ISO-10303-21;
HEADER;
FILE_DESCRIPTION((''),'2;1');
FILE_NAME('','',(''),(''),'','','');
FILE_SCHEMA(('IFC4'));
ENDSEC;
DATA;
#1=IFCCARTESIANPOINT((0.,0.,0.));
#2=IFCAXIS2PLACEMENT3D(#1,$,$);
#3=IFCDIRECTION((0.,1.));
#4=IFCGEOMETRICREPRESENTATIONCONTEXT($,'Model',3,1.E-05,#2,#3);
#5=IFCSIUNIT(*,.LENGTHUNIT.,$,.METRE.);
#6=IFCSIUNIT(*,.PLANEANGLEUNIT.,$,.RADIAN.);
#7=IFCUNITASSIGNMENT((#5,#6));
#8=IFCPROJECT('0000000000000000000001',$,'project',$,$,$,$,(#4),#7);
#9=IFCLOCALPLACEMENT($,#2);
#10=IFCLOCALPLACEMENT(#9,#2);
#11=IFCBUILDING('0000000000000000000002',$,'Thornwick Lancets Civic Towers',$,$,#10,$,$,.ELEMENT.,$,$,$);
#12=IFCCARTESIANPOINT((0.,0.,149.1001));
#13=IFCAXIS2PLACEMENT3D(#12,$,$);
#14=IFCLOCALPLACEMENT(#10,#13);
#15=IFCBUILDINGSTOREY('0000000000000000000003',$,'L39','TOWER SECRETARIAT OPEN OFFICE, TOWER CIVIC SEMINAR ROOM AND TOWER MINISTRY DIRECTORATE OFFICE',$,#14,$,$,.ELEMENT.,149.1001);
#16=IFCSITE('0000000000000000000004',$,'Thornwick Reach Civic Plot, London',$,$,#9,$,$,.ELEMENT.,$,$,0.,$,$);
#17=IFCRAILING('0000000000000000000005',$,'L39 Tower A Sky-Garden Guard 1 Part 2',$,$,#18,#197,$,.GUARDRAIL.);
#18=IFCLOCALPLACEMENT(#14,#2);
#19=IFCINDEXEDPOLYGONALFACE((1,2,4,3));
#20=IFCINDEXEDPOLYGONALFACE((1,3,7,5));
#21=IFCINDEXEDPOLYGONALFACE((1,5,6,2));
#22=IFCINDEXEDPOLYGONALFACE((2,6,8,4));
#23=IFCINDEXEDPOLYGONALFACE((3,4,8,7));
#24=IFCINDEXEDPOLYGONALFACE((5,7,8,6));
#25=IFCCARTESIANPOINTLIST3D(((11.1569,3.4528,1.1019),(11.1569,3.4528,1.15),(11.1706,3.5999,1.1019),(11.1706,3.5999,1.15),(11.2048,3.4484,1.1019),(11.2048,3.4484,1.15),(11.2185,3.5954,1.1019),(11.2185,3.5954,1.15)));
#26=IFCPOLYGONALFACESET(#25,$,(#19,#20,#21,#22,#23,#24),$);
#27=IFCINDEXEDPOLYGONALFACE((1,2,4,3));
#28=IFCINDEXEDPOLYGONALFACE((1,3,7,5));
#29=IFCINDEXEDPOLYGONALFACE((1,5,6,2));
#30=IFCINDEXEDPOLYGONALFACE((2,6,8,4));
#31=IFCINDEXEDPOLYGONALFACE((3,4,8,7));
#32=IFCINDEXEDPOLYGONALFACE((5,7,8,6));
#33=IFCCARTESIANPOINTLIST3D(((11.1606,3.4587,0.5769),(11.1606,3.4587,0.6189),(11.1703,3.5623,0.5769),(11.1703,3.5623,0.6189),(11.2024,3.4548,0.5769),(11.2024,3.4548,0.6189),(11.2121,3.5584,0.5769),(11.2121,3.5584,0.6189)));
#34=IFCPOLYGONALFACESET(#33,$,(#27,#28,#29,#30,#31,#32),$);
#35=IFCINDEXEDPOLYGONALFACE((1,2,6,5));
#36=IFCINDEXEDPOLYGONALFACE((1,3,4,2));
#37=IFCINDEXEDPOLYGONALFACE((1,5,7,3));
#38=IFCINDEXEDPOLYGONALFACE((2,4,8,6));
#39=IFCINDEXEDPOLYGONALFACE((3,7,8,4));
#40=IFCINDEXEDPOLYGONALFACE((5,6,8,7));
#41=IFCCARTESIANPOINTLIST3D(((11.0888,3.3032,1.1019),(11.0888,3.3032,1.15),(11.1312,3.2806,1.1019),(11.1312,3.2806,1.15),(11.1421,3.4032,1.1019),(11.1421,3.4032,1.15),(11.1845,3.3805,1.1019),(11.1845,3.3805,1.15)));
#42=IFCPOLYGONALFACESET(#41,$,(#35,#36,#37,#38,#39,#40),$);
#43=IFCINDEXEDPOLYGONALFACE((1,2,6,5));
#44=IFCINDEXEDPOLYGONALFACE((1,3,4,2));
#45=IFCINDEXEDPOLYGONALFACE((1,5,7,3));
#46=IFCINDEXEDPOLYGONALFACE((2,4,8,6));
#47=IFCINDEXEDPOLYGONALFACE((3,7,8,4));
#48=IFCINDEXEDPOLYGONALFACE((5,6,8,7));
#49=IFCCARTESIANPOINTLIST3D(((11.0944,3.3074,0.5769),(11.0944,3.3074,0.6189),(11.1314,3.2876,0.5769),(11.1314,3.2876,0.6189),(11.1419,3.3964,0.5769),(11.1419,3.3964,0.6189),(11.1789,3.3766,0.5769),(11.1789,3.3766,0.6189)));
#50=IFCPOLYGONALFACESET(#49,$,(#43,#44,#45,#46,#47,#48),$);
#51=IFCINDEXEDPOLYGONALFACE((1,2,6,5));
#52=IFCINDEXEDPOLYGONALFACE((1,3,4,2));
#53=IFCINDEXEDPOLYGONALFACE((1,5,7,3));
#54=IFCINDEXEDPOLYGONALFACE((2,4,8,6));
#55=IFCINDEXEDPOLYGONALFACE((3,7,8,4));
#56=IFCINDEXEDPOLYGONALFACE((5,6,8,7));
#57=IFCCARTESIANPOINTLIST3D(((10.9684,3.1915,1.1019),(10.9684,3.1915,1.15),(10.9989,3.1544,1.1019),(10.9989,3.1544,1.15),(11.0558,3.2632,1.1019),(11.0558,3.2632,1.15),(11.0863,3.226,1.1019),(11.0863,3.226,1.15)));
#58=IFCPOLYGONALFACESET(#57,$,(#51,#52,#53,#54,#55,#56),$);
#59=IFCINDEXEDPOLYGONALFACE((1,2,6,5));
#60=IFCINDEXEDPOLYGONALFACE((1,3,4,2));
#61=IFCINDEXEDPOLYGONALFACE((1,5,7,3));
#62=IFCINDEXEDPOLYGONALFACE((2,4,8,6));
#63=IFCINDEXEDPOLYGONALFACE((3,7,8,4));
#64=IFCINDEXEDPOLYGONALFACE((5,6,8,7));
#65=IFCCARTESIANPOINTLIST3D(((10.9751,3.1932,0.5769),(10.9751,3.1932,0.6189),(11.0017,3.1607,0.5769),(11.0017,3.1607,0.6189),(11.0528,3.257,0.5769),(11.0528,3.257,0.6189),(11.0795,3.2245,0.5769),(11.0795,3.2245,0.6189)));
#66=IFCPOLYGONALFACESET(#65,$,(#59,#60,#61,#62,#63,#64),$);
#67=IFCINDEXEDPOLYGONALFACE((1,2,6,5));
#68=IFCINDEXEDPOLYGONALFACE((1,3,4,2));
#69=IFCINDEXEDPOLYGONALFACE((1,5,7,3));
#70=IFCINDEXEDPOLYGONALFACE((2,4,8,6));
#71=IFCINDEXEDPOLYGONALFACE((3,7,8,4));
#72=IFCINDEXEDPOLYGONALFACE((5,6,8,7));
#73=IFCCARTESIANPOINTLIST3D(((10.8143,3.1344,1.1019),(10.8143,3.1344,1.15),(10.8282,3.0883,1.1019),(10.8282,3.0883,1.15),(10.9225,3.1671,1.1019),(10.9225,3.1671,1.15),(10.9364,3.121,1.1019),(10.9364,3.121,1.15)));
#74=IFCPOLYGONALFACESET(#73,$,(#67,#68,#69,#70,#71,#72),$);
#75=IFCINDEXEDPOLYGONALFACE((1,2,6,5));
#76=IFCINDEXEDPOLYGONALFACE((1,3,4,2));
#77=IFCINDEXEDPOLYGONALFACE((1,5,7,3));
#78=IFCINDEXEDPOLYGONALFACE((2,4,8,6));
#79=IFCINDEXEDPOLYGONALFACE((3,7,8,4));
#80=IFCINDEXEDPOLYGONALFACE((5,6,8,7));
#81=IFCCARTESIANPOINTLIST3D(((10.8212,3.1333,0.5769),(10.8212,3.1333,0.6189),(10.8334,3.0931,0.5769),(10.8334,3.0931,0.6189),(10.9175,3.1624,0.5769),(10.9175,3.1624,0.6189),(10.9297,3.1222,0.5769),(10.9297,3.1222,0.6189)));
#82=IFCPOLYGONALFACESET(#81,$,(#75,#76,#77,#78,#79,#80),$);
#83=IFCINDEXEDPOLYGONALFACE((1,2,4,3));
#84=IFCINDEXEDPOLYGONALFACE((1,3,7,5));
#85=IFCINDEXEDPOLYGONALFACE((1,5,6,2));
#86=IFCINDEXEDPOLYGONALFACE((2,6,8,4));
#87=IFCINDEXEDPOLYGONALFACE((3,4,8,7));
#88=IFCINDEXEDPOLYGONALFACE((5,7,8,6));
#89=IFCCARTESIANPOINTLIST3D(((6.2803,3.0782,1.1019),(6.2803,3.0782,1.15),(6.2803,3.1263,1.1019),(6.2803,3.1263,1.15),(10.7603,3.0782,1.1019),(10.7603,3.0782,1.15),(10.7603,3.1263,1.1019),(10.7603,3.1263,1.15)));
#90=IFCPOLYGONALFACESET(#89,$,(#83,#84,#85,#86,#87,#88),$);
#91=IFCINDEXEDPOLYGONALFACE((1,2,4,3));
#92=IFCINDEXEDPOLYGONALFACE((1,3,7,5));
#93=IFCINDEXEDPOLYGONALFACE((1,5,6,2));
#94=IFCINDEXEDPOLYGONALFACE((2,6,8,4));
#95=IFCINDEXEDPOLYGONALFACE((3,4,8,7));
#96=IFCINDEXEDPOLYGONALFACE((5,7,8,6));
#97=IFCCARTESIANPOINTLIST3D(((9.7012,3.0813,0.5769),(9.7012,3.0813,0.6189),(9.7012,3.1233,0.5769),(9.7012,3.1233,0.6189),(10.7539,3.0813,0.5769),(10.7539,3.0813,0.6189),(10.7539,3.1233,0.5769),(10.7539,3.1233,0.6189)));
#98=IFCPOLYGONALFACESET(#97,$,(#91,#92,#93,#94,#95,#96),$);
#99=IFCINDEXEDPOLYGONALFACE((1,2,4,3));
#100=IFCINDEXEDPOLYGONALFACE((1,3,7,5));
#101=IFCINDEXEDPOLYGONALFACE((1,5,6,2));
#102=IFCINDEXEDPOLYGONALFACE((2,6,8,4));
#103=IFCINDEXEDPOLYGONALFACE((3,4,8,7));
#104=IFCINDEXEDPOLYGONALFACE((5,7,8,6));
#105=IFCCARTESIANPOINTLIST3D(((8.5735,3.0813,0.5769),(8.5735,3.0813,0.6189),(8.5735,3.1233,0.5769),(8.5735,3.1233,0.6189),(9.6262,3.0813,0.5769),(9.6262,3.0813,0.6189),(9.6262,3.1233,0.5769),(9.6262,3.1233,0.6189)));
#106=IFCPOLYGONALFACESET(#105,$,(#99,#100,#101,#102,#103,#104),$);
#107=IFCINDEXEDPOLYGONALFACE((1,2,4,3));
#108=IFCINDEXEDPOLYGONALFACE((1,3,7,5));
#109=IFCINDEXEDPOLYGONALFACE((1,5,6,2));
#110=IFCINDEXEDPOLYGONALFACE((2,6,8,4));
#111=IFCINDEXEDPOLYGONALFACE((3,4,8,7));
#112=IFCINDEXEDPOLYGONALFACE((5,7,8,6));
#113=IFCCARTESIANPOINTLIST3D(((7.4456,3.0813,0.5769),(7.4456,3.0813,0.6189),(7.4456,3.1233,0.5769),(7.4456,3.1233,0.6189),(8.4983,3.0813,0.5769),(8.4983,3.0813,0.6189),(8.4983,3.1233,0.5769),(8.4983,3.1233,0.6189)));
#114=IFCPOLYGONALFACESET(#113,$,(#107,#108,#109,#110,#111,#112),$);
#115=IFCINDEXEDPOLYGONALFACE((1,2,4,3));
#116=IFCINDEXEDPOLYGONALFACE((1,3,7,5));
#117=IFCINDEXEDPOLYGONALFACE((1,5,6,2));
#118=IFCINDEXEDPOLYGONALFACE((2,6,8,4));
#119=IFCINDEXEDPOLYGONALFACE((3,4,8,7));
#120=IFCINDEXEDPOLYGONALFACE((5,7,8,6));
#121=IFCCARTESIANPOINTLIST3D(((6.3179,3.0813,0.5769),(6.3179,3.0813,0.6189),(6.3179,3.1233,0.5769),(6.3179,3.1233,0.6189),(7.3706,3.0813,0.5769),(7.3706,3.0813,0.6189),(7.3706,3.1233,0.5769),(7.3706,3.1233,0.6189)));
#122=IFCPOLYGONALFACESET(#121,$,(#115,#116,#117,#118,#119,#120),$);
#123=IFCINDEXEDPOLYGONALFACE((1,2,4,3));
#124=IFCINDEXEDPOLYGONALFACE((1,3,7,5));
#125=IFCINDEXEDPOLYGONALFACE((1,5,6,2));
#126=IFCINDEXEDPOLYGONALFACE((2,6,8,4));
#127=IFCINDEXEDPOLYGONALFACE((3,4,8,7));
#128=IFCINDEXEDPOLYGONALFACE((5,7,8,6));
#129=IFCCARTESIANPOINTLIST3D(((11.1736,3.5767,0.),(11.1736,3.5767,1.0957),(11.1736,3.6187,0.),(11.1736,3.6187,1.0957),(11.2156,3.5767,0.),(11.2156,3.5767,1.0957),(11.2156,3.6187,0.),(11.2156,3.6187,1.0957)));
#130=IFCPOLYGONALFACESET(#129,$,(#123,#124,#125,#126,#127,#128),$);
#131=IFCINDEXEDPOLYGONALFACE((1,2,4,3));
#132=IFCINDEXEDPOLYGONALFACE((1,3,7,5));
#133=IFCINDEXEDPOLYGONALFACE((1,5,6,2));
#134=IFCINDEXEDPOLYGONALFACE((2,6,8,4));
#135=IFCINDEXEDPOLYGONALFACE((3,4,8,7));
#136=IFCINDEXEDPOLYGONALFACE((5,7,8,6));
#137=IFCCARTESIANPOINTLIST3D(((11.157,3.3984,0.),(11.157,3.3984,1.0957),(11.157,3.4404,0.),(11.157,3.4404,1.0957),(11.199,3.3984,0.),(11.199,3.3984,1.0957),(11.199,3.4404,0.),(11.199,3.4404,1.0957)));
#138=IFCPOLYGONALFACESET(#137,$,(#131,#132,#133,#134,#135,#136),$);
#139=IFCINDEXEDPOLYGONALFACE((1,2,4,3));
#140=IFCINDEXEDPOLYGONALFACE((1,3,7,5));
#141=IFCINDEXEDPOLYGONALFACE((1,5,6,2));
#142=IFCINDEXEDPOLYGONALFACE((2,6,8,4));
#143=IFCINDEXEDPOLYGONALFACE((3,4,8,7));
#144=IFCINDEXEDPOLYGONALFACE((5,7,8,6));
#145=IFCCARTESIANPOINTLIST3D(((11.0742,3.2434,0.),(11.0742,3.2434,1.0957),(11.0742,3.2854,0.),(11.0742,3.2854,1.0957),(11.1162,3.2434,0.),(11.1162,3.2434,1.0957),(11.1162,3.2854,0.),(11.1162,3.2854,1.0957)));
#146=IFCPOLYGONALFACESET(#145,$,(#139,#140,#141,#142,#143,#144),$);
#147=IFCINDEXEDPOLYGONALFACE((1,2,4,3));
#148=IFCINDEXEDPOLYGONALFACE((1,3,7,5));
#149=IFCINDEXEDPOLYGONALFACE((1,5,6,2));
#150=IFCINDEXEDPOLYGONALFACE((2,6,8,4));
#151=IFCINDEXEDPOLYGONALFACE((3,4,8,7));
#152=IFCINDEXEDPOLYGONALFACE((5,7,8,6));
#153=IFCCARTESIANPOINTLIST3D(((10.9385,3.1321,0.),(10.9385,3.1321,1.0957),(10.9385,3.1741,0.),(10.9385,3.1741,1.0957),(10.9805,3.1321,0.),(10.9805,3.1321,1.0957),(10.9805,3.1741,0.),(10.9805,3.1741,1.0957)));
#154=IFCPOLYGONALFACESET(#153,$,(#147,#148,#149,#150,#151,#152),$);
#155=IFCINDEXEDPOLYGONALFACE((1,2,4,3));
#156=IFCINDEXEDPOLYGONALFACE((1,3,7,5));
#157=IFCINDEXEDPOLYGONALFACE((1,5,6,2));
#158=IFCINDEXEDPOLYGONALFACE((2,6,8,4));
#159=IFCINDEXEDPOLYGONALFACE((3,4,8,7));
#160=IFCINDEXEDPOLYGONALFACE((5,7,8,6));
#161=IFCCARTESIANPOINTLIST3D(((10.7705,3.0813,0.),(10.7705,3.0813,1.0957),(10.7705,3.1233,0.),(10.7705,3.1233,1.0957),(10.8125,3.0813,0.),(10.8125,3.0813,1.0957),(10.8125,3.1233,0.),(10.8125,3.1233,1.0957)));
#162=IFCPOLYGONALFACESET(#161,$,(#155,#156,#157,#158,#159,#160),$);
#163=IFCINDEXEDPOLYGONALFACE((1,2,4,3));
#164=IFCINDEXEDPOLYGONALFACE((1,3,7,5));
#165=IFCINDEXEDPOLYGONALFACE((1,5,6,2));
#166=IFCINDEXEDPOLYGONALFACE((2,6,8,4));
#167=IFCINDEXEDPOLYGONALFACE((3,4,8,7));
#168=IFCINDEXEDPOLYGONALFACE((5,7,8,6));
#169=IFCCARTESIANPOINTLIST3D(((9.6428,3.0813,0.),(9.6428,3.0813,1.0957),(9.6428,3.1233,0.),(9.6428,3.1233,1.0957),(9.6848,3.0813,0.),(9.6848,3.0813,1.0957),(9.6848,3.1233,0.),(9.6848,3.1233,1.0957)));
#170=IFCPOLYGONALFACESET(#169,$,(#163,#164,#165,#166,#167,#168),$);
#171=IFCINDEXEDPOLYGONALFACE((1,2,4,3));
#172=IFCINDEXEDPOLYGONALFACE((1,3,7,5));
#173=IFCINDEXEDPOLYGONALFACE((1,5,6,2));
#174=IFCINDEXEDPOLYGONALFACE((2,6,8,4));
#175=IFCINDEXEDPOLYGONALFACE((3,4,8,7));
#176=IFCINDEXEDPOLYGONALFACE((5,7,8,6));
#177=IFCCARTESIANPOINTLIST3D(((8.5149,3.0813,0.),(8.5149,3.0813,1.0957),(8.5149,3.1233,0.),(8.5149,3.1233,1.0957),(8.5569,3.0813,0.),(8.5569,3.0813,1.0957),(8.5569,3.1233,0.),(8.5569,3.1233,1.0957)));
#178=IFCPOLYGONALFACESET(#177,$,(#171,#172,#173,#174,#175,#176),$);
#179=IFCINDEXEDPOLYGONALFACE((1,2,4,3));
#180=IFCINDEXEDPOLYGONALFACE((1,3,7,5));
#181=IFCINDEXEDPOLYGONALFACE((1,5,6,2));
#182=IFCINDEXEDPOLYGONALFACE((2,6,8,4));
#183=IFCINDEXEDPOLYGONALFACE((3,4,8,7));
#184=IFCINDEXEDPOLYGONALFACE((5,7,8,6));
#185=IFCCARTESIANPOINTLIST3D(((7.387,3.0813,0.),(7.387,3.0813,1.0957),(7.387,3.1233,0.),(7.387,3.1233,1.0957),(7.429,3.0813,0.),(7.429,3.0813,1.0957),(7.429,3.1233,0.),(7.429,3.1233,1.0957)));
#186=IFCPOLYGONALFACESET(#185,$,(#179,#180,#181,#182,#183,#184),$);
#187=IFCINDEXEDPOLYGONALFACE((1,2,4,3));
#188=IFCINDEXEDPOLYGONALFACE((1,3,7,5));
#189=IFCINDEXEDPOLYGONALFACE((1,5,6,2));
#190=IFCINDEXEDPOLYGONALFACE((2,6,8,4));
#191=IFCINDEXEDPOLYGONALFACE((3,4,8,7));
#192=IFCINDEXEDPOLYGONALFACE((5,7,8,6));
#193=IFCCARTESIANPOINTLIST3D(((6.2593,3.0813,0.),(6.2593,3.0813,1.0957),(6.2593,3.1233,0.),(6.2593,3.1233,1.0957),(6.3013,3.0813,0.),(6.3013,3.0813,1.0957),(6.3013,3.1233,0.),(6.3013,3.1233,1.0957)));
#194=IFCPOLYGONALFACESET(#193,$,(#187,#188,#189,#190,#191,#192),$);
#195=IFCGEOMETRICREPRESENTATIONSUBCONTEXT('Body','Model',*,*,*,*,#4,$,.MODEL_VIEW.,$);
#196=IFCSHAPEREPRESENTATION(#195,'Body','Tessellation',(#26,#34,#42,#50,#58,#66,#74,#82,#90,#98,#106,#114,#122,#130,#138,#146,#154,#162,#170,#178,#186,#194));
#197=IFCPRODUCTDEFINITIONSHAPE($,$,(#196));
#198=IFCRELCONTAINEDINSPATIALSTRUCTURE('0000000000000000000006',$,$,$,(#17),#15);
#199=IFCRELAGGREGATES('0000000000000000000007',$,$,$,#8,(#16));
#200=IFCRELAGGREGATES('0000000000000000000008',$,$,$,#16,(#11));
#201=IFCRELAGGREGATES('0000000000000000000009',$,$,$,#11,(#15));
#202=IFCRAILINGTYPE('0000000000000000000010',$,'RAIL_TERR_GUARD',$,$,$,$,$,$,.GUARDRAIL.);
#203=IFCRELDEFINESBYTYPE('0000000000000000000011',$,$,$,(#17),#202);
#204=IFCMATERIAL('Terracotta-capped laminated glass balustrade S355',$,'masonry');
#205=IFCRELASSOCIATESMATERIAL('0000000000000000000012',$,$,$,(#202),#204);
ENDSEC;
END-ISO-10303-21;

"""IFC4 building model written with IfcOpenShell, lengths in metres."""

from ifc_helpers import new_model, si_unit, direction, frame, origin, origin_2d, place, context, subcontext, project, spatial, rectangle, extrude, material, type_object, element, save


model = new_model("IFC4")

# Units and contexts
model_context = context("Model", 3, precision=1e-05, world=origin(), true_north=direction((0.0, 1.0)))
body_context = subcontext(model_context, "Body", "Model", "MODEL_VIEW")
ifc_project = project(units=[si_unit("LENGTHUNIT", "METRE"), si_unit("PLANEANGLEUNIT", "RADIAN")], contexts=[model_context])

# Site, building, storey
site_placement = place(None, origin())
site = spatial("IfcSite", under=ifc_project, at=site_placement, Name="Thornwick Reach Civic Plot, London", CompositionType="ELEMENT", RefElevation=0.0)
building_placement = place(site_placement, origin())
building = spatial("IfcBuilding", under=site, at=building_placement, Name="Thornwick Lancets Civic Towers", CompositionType="ELEMENT")
storey_placement = place(building_placement, frame((0.0, 0.0, 149.1001)))
storey = spatial("IfcBuildingStorey", under=building, at=storey_placement, Name="L39", Description="TOWER SECRETARIAT OPEN OFFICE, TOWER CIVIC SEMINAR ROOM AND TOWER MINISTRY DIRECTORATE OFFICE", CompositionType="ELEMENT", Elevation=149.1001)

# Railing
ifc_material_1 = material(Name="Terracotta-capped laminated glass balustrade S355", Category="masonry")
railing_type = type_object("IfcRailingType", Name="RAIL_TERR_GUARD", PredefinedType="GUARDRAIL", material=ifc_material_1)
railing_1_placement = place(storey_placement, frame((11.1946, 3.5977, 0.0)))
element("IfcRailing", 1, at=railing_1_placement, inside=storey, type_object=railing_type, Name="L39 Tower A Sky-Garden Guard 1 Part 2", PredefinedType="GUARDRAIL", context=body_context, shape_type="SweptSolid", body=[
    extrude(rectangle(XDim=0.0481, YDim=0.0481, at=origin_2d()), frame((0.0, 0.0, 1.126), z_axis=(-0.092749, -0.99569, 0.0), x_axis=(0.99569, -0.092749, 0.0)), (0.0, 0.0, 1.0), 0.1477),
    extrude(rectangle(XDim=0.042, YDim=0.042, at=origin_2d()), frame((-0.0034, -0.0374, 0.5979), z_axis=(-0.092749, -0.99569, 0.0), x_axis=(0.99569, -0.092749, 0.0)), (0.0, 0.0, 1.0), 0.104),
    extrude(rectangle(XDim=0.0481, YDim=0.0481, at=origin_2d()), frame((-0.0312, -0.2058, 1.126), z_axis=(-0.470949, -0.882161, 0.0), x_axis=(0.882161, -0.470949, 0.0)), (0.0, 0.0, 1.0), 0.1133),
    extrude(rectangle(XDim=0.042, YDim=0.042, at=origin_2d()), frame((-0.0342, -0.2112, 0.5979), z_axis=(-0.470949, -0.882161, 0.0), x_axis=(0.882161, -0.470949, 0.0)), (0.0, 0.0, 1.0), 0.1008),
    extrude(rectangle(XDim=0.0481, YDim=0.0481, at=origin_2d()), frame((-0.1235, -0.353, 1.126), z_axis=(-0.773213, -0.634146, 0.0), x_axis=(0.634146, -0.773213, 0.0)), (0.0, 0.0, 1.0), 0.113),
    extrude(rectangle(XDim=0.042, YDim=0.042, at=origin_2d()), frame((-0.1284, -0.3569, 0.5979), z_axis=(-0.773213, -0.634146, 0.0), x_axis=(0.634146, -0.773213, 0.0)), (0.0, 0.0, 1.0), 0.1006),
    extrude(rectangle(XDim=0.0481, YDim=0.0481, at=origin_2d()), frame((-0.2651, -0.4536, 1.126), z_axis=(-0.957211, -0.28939, 0.0), x_axis=(0.28939, -0.957211, 0.0)), (0.0, 0.0, 1.0), 0.113),
    extrude(rectangle(XDim=0.042, YDim=0.042, at=origin_2d()), frame((-0.271, -0.4553, 0.5979), z_axis=(-0.957211, -0.28939, 0.0), x_axis=(0.28939, -0.957211, 0.0)), (0.0, 0.0, 1.0), 0.1006),
    extrude(rectangle(XDim=0.0481, YDim=0.0481, at=origin_2d()), frame((-0.4343, -0.4954, 1.126), z_axis=(-1.0, 0.0, 0.0), x_axis=(0.0, -1.0, 0.0)), (0.0, 0.0, 1.0), 4.48),
    extrude(rectangle(XDim=0.042, YDim=0.042, at=origin_2d()), frame((-0.4407, -0.4954, 0.5979), z_axis=(-1.0, 0.0, 0.0), x_axis=(0.0, -1.0, 0.0)), (0.0, 0.0, 1.0), 1.0527),
    extrude(rectangle(XDim=0.042, YDim=0.042, at=origin_2d()), frame((-1.5684, -0.4954, 0.5979), z_axis=(-1.0, 0.0, 0.0), x_axis=(0.0, -1.0, 0.0)), (0.0, 0.0, 1.0), 1.0527),
    extrude(rectangle(XDim=0.042, YDim=0.042, at=origin_2d()), frame((-2.6963, -0.4954, 0.5979), z_axis=(-1.0, 0.0, 0.0), x_axis=(0.0, -1.0, 0.0)), (0.0, 0.0, 1.0), 1.0527),
    extrude(rectangle(XDim=0.042, YDim=0.042, at=origin_2d()), frame((-3.824, -0.4954, 0.5979), z_axis=(-1.0, 0.0, 0.0), x_axis=(0.0, -1.0, 0.0)), (0.0, 0.0, 1.0), 1.0527),
    extrude(rectangle(XDim=0.042, YDim=0.042, at=origin_2d()), origin(), (0.0, 0.0, 1.0), 1.0957),
    extrude(rectangle(XDim=0.042, YDim=0.042, at=origin_2d()), frame((-0.0166, -0.1782, 0.0)), (0.0, 0.0, 1.0), 1.0957),
    extrude(rectangle(XDim=0.042, YDim=0.042, at=origin_2d()), frame((-0.0994, -0.3333, 0.0)), (0.0, 0.0, 1.0), 1.0957),
    extrude(rectangle(XDim=0.042, YDim=0.042, at=origin_2d()), frame((-0.2351, -0.4446, 0.0)), (0.0, 0.0, 1.0), 1.0957),
    extrude(rectangle(XDim=0.042, YDim=0.042, at=origin_2d()), frame((-0.4031, -0.4954, 0.0)), (0.0, 0.0, 1.0), 1.0957),
    extrude(rectangle(XDim=0.042, YDim=0.042, at=origin_2d()), frame((-1.5308, -0.4954, 0.0)), (0.0, 0.0, 1.0), 1.0957),
    extrude(rectangle(XDim=0.042, YDim=0.042, at=origin_2d()), frame((-2.6587, -0.4954, 0.0)), (0.0, 0.0, 1.0), 1.0957),
    extrude(rectangle(XDim=0.042, YDim=0.042, at=origin_2d()), frame((-3.7866, -0.4954, 0.0)), (0.0, 0.0, 1.0), 1.0957),
    extrude(rectangle(XDim=0.042, YDim=0.042, at=origin_2d()), frame((-4.9143, -0.4954, 0.0)), (0.0, 0.0, 1.0), 1.0957),
])

save(model, "model.ifc")
